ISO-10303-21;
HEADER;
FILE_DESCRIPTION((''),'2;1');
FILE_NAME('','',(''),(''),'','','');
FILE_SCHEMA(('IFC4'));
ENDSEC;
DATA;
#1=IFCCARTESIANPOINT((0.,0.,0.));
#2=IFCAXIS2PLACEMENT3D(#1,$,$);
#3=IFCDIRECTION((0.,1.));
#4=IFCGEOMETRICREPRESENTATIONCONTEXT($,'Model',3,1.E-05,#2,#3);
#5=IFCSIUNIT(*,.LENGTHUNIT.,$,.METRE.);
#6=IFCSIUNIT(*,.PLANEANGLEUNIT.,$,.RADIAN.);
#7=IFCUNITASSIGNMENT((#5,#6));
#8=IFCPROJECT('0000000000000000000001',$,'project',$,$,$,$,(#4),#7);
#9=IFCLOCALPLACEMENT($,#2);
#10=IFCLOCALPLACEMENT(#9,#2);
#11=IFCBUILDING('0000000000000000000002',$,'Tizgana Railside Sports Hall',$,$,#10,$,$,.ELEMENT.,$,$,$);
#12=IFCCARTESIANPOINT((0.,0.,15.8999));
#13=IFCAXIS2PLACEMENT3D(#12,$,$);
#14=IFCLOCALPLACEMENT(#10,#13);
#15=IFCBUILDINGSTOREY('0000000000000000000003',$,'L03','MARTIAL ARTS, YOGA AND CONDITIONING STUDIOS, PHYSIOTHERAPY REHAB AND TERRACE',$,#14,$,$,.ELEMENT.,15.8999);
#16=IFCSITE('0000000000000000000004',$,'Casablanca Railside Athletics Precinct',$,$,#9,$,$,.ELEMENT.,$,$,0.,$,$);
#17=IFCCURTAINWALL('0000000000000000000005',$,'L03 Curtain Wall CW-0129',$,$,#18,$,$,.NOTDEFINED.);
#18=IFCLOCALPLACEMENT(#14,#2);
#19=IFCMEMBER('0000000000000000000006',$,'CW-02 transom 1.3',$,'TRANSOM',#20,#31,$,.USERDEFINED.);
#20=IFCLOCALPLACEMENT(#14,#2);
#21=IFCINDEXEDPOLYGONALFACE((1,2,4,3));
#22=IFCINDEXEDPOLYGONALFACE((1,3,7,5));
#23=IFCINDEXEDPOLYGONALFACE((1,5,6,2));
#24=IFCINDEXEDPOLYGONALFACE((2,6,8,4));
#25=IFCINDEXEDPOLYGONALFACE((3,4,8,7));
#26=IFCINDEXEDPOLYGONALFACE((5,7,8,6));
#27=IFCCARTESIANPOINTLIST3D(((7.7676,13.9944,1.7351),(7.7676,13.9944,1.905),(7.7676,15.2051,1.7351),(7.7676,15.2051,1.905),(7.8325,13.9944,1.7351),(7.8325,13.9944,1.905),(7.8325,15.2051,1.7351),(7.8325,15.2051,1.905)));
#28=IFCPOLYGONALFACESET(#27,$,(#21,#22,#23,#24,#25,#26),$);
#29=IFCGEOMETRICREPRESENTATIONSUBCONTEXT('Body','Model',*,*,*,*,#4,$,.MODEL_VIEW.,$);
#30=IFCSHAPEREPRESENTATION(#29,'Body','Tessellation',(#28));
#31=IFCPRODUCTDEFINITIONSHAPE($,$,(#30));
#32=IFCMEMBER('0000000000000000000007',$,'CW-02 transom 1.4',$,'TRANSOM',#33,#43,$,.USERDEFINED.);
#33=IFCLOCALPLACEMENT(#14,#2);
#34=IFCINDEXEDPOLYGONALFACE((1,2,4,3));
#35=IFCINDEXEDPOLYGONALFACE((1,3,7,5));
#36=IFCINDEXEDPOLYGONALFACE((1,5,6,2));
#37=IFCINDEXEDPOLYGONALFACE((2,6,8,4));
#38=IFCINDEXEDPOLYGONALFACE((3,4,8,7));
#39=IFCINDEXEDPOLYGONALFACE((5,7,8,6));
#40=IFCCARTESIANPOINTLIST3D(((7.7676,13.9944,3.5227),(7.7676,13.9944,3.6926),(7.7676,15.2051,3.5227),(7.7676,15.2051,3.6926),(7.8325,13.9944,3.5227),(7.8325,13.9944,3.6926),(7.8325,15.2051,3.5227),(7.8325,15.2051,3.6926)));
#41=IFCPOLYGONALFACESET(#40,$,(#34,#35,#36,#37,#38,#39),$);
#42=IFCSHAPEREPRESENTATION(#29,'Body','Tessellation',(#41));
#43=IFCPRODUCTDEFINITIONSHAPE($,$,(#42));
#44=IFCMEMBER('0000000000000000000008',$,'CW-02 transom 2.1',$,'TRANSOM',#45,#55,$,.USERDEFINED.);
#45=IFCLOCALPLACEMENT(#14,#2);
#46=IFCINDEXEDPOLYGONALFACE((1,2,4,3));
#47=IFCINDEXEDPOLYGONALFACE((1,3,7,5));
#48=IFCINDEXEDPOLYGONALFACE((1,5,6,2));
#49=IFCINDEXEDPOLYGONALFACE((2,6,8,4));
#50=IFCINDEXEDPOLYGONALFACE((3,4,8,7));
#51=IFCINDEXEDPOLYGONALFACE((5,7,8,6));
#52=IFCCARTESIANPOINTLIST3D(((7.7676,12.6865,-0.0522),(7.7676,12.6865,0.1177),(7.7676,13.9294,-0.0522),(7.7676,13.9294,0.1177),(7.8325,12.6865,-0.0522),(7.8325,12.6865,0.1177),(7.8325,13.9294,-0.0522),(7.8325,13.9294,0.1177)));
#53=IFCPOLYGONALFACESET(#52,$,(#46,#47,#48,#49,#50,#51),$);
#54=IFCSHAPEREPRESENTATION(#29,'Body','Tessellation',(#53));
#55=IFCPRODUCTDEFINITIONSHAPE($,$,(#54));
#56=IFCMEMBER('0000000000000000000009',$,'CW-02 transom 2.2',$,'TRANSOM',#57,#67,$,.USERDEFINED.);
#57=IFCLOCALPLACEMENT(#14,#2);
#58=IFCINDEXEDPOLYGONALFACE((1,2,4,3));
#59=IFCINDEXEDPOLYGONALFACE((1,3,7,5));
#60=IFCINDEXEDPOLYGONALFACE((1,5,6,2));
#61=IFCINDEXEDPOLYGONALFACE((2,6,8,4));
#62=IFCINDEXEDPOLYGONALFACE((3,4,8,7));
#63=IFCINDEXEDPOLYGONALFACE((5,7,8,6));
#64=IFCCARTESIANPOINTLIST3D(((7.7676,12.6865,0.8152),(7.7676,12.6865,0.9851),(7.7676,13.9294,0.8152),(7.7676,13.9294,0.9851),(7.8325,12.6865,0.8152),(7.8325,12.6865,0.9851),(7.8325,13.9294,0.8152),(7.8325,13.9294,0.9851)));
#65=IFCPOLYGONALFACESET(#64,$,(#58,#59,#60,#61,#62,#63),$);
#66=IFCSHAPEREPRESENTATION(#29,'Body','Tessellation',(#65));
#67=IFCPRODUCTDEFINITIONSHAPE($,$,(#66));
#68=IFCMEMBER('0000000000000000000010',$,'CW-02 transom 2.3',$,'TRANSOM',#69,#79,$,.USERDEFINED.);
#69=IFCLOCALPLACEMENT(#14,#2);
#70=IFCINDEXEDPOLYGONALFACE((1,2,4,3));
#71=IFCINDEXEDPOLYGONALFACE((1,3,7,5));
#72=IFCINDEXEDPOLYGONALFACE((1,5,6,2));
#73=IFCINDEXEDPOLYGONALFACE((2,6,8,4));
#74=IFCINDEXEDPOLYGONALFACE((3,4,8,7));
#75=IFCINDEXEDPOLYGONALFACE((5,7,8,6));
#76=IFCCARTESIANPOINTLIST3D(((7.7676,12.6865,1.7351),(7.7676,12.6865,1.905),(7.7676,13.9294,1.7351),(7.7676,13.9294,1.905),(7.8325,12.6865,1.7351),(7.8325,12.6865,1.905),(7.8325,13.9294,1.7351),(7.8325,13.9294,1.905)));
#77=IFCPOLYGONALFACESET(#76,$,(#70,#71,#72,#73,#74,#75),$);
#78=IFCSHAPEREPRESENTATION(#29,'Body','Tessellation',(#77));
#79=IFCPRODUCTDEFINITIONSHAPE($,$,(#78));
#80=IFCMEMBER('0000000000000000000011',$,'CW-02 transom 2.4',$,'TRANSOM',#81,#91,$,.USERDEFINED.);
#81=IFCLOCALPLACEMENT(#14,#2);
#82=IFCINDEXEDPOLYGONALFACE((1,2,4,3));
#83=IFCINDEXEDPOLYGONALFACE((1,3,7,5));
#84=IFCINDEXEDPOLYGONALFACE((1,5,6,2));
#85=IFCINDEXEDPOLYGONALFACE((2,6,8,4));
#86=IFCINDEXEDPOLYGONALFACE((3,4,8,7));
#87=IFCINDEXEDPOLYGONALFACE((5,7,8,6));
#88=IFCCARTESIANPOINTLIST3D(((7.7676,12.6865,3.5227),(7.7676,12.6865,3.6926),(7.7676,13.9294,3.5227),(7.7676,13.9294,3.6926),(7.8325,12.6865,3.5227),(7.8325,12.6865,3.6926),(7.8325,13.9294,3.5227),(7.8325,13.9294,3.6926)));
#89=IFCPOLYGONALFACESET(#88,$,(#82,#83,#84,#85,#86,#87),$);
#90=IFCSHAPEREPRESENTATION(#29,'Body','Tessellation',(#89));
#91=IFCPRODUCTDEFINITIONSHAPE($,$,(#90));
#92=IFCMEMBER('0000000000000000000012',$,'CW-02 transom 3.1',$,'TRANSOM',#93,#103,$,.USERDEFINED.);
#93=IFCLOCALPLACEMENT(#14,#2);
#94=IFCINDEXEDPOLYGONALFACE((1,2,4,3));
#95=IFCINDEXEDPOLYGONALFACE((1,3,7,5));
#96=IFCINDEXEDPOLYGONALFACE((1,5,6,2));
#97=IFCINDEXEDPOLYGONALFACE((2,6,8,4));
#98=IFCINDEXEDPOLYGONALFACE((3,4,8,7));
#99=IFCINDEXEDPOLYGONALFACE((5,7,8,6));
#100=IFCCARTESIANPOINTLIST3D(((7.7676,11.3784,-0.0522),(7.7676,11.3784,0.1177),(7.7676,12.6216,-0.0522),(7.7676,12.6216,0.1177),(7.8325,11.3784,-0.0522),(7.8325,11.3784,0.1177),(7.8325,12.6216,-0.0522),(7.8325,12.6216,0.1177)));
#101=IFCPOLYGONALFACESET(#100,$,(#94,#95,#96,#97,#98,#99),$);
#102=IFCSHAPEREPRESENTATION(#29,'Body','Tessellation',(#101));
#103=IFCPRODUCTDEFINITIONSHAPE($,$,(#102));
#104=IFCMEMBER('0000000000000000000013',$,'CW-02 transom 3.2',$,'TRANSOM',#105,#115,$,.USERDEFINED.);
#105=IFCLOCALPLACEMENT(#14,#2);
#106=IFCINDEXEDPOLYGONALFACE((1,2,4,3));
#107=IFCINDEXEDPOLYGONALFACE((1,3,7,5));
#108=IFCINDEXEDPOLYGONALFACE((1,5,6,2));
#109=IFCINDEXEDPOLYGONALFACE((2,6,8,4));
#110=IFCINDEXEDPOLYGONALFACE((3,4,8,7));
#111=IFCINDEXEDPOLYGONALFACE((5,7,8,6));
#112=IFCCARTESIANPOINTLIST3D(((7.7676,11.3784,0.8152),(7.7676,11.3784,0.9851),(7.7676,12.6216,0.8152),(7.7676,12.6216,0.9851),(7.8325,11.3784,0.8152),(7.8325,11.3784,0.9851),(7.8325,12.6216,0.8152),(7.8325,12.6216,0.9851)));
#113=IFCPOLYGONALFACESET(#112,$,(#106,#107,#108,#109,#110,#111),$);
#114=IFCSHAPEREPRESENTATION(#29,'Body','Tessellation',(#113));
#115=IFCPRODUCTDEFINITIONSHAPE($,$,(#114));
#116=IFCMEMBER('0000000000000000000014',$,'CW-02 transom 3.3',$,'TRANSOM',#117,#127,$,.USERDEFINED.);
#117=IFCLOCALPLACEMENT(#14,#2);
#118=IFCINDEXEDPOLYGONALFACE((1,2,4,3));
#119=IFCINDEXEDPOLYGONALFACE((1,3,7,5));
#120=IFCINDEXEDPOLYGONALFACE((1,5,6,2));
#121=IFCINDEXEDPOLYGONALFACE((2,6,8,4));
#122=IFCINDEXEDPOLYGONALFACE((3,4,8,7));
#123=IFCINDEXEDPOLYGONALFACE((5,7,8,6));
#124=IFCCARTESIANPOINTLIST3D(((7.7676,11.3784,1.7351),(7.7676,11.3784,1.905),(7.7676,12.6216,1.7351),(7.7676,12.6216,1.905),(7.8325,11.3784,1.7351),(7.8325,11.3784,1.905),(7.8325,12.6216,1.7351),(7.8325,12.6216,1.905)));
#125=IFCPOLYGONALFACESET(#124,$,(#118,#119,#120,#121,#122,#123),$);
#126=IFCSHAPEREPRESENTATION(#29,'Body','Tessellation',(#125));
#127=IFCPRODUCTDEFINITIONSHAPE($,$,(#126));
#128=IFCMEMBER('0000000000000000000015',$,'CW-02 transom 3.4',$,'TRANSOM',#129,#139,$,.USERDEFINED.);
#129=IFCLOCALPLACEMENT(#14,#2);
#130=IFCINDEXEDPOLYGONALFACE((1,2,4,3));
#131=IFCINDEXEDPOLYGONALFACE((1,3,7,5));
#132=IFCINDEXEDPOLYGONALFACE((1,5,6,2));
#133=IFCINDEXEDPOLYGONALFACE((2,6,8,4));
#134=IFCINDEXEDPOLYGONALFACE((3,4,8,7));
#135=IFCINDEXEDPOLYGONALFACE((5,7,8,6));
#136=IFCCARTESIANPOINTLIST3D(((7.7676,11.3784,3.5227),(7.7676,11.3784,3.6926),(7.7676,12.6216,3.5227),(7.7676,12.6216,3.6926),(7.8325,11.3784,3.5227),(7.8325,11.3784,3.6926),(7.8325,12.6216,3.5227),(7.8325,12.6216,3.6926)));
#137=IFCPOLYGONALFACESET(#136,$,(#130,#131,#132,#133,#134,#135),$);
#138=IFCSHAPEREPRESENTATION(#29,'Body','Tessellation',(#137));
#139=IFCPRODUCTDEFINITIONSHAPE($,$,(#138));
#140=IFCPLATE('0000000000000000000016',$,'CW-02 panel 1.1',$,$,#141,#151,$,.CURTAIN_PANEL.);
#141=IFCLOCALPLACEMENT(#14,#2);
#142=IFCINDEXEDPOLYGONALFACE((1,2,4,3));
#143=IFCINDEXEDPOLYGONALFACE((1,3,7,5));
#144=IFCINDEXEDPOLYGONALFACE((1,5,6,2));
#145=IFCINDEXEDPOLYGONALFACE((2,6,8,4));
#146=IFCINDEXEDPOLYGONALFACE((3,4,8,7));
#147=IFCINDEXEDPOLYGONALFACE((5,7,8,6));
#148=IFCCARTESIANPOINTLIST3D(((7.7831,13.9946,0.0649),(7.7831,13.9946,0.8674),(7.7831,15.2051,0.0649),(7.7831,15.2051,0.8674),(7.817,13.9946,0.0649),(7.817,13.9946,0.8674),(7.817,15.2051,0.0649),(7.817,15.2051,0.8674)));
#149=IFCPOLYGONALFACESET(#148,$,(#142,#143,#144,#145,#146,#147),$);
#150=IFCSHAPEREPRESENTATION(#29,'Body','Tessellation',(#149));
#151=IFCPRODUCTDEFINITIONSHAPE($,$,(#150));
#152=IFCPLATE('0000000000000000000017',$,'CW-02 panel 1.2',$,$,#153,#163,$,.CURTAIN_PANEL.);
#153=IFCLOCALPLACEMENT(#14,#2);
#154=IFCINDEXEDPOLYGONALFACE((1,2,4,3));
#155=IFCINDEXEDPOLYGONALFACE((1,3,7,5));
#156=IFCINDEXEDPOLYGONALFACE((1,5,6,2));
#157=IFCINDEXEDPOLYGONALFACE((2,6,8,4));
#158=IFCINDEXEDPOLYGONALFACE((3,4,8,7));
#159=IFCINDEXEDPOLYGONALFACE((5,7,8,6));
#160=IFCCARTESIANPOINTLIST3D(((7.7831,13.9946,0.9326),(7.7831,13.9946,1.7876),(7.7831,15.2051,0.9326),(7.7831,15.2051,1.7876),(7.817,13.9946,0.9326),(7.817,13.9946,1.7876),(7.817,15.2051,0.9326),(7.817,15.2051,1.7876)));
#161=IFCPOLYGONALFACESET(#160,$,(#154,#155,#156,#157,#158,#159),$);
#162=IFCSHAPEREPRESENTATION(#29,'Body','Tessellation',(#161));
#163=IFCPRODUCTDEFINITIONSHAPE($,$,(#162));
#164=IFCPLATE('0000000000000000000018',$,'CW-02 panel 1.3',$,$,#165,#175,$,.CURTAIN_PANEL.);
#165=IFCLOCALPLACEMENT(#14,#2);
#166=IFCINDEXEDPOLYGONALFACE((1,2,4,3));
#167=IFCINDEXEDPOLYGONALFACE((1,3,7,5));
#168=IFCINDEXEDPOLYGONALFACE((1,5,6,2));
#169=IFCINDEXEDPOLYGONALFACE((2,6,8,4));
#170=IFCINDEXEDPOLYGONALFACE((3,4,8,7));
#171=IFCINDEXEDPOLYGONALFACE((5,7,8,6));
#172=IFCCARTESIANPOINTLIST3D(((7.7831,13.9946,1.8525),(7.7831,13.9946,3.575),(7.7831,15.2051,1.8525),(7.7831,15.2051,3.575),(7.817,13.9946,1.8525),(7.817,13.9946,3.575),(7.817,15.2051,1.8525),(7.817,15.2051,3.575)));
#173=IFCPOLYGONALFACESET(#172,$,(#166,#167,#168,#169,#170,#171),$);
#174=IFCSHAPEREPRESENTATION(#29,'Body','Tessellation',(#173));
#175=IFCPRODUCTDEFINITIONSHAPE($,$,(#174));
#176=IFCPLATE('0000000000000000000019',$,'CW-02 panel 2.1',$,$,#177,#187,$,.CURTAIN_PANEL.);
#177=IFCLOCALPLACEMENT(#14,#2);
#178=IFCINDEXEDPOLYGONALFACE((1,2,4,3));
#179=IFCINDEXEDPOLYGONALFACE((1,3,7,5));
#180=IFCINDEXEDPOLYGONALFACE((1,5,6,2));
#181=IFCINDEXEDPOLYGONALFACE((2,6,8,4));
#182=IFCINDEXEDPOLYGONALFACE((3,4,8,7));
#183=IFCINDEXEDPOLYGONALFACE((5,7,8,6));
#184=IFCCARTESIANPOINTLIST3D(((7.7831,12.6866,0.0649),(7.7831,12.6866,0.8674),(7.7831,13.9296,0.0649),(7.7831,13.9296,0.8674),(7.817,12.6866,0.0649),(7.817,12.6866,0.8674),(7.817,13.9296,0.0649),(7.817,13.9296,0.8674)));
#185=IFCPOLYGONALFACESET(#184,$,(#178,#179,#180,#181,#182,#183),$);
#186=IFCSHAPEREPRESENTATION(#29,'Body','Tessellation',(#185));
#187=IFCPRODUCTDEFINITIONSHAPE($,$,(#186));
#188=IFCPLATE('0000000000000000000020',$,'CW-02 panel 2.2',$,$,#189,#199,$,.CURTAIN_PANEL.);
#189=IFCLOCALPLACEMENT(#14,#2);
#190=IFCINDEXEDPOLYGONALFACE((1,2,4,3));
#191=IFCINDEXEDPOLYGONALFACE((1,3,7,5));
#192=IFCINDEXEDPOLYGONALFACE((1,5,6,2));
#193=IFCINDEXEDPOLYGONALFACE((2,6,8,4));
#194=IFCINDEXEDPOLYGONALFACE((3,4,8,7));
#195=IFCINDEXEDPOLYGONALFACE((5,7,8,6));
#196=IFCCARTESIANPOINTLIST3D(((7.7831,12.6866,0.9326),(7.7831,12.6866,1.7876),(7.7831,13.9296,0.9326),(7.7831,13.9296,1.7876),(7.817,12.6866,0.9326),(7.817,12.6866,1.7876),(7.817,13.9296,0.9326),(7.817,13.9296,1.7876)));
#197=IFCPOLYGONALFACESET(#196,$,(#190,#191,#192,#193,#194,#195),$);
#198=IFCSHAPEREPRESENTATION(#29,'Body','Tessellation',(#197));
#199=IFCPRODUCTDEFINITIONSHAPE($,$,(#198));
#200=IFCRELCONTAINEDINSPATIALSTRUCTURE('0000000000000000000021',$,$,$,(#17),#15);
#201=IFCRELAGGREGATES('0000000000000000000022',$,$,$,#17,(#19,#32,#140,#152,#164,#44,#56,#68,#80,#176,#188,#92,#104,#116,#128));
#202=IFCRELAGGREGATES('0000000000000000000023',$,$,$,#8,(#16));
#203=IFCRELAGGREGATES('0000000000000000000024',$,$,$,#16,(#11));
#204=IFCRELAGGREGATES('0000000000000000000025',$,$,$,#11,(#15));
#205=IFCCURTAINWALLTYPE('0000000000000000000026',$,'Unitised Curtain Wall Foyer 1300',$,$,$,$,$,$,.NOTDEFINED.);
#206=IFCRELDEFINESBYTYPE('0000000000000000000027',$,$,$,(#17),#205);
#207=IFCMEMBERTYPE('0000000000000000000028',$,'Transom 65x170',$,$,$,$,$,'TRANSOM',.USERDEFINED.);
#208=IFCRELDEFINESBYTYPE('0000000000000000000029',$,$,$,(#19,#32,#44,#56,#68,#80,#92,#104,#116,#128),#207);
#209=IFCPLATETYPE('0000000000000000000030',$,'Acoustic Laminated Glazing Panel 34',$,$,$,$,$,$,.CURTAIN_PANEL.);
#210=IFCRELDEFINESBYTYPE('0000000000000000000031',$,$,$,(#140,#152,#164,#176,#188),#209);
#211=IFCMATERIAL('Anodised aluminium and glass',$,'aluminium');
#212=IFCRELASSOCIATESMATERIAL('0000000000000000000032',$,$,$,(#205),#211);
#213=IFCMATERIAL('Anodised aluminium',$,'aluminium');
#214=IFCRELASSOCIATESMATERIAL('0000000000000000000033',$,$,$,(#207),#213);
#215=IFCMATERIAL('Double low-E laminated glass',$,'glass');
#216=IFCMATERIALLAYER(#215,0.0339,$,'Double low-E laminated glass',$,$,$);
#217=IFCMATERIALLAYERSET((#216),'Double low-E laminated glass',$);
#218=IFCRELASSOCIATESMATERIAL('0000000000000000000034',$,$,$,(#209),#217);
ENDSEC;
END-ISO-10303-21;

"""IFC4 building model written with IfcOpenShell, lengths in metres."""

from ifc_helpers import new_model, si_unit, direction, frame, origin, origin_2d, place, context, subcontext, project, spatial, rectangle, extrude, material, layer, layer_set, material_profile, profile_set, type_object, element, aggregate, save


model = new_model("IFC4")

# Units and contexts
model_context = context("Model", 3, precision=1e-05, world=origin(), true_north=direction((0.0, 1.0)))
body_context = subcontext(model_context, "Body", "Model", "MODEL_VIEW")
ifc_project = project(units=[si_unit("LENGTHUNIT", "METRE"), si_unit("PLANEANGLEUNIT", "RADIAN")], contexts=[model_context])

# Site, building, storey
site_placement = place(None, origin())
site = spatial("IfcSite", under=ifc_project, at=site_placement, Name="Casablanca Railside Athletics Precinct", CompositionType="ELEMENT", RefElevation=0.0)
building_placement = place(site_placement, origin())
building = spatial("IfcBuilding", under=site, at=building_placement, Name="Tizgana Railside Sports Hall", CompositionType="ELEMENT")
storey_placement = place(building_placement, frame((0.0, 0.0, 15.8999)))
storey = spatial("IfcBuildingStorey", under=building, at=storey_placement, Name="L03", Description="MARTIAL ARTS, YOGA AND CONDITIONING STUDIOS, PHYSIOTHERAPY REHAB AND TERRACE", CompositionType="ELEMENT", Elevation=15.8999)

# Curtain wall
ifc_material_1 = material(Name="Anodised aluminium and glass", Category="aluminium")
curtain_wall_type_1 = type_object("IfcCurtainWallType", Name="Unitised Curtain Wall Foyer 1300", PredefinedType="NOTDEFINED", material=ifc_material_1)
curtain_wall_1_placement = place(storey_placement, origin())
curtain_wall_1 = element("IfcCurtainWall", 1, at=curtain_wall_1_placement, inside=storey, type_object=curtain_wall_type_1, Name="L03 Curtain Wall CW-0129", PredefinedType="NOTDEFINED")
ifc_material_2 = material(Name="Anodised aluminium", Category="aluminium")

# Members
ifc_material_profile_1 = material_profile(ifc_material_2, rectangle(XDim=0.0649, YDim=0.1699, at=origin_2d()), Name="Transom 65x170")
ifc_profile_set_1 = profile_set([ifc_material_profile_1], Name="Anodised aluminium")
member_type_1 = type_object("IfcMemberType", Name="Transom 65x170", ElementType="TRANSOM", PredefinedType="USERDEFINED", material=ifc_profile_set_1)
member_1_placement = place(storey_placement, frame((7.8, 15.2051, 1.8201), z_axis=(0.0, -1.0, 0.0), x_axis=(1.0, 0.0, 0.0)))
member_1 = element("IfcMember", 2, at=member_1_placement, type_object=member_type_1, Name="CW-02 transom 1.3", ObjectType="TRANSOM", PredefinedType="USERDEFINED", context=body_context, shape_type="SweptSolid", body=[
    extrude(rectangle(XDim=0.0649, YDim=0.1699, at=origin_2d()), origin(), (0.0, 0.0, 1.0), 1.2107),
])
member_2_placement = place(storey_placement, frame((7.8, 15.2051, 3.6077), z_axis=(0.0, -1.0, 0.0), x_axis=(1.0, 0.0, 0.0)))
member_2 = element("IfcMember", 3, at=member_2_placement, type_object=member_type_1, Name="CW-02 transom 1.4", ObjectType="TRANSOM", PredefinedType="USERDEFINED", context=body_context, shape_type="SweptSolid", body=[
    extrude(rectangle(XDim=0.0649, YDim=0.1699, at=origin_2d()), origin(), (0.0, 0.0, 1.0), 1.2107),
])
member_3_placement = place(storey_placement, frame((7.8, 13.9294, 0.0327), z_axis=(0.0, -1.0, 0.0), x_axis=(1.0, 0.0, 0.0)))
member_3 = element("IfcMember", 4, at=member_3_placement, type_object=member_type_1, Name="CW-02 transom 2.1", ObjectType="TRANSOM", PredefinedType="USERDEFINED", context=body_context, shape_type="SweptSolid", body=[
    extrude(rectangle(XDim=0.0649, YDim=0.1699, at=origin_2d()), origin(), (0.0, 0.0, 1.0), 1.2429),
])
member_4_placement = place(storey_placement, frame((7.8, 13.9294, 0.9001), z_axis=(0.0, -1.0, 0.0), x_axis=(1.0, 0.0, 0.0)))
member_4 = element("IfcMember", 5, at=member_4_placement, type_object=member_type_1, Name="CW-02 transom 2.2", ObjectType="TRANSOM", PredefinedType="USERDEFINED", context=body_context, shape_type="SweptSolid", body=[
    extrude(rectangle(XDim=0.0649, YDim=0.1699, at=origin_2d()), origin(), (0.0, 0.0, 1.0), 1.2429),
])
member_5_placement = place(storey_placement, frame((7.8, 13.9294, 1.8201), z_axis=(0.0, -1.0, 0.0), x_axis=(1.0, 0.0, 0.0)))
member_5 = element("IfcMember", 6, at=member_5_placement, type_object=member_type_1, Name="CW-02 transom 2.3", ObjectType="TRANSOM", PredefinedType="USERDEFINED", context=body_context, shape_type="SweptSolid", body=[
    extrude(rectangle(XDim=0.0649, YDim=0.1699, at=origin_2d()), origin(), (0.0, 0.0, 1.0), 1.2429),
])
member_6_placement = place(storey_placement, frame((7.8, 13.9294, 3.6077), z_axis=(0.0, -1.0, 0.0), x_axis=(1.0, 0.0, 0.0)))
member_6 = element("IfcMember", 7, at=member_6_placement, type_object=member_type_1, Name="CW-02 transom 2.4", ObjectType="TRANSOM", PredefinedType="USERDEFINED", context=body_context, shape_type="SweptSolid", body=[
    extrude(rectangle(XDim=0.0649, YDim=0.1699, at=origin_2d()), origin(), (0.0, 0.0, 1.0), 1.2429),
])
member_7_placement = place(storey_placement, frame((7.8, 12.6216, 0.0327), z_axis=(0.0, -1.0, 0.0), x_axis=(1.0, 0.0, 0.0)))
member_7 = element("IfcMember", 8, at=member_7_placement, type_object=member_type_1, Name="CW-02 transom 3.1", ObjectType="TRANSOM", PredefinedType="USERDEFINED", context=body_context, shape_type="SweptSolid", body=[
    extrude(rectangle(XDim=0.0649, YDim=0.1699, at=origin_2d()), origin(), (0.0, 0.0, 1.0), 1.2432),
])
member_8_placement = place(storey_placement, frame((7.8, 12.6216, 0.9001), z_axis=(0.0, -1.0, 0.0), x_axis=(1.0, 0.0, 0.0)))
member_8 = element("IfcMember", 9, at=member_8_placement, type_object=member_type_1, Name="CW-02 transom 3.2", ObjectType="TRANSOM", PredefinedType="USERDEFINED", context=body_context, shape_type="SweptSolid", body=[
    extrude(rectangle(XDim=0.0649, YDim=0.1699, at=origin_2d()), origin(), (0.0, 0.0, 1.0), 1.2432),
])
member_9_placement = place(storey_placement, frame((7.8, 12.6216, 1.8201), z_axis=(0.0, -1.0, 0.0), x_axis=(1.0, 0.0, 0.0)))
member_9 = element("IfcMember", 10, at=member_9_placement, type_object=member_type_1, Name="CW-02 transom 3.3", ObjectType="TRANSOM", PredefinedType="USERDEFINED", context=body_context, shape_type="SweptSolid", body=[
    extrude(rectangle(XDim=0.0649, YDim=0.1699, at=origin_2d()), origin(), (0.0, 0.0, 1.0), 1.2432),
])
member_10_placement = place(storey_placement, frame((7.8, 12.6216, 3.6077), z_axis=(0.0, -1.0, 0.0), x_axis=(1.0, 0.0, 0.0)))
member_10 = element("IfcMember", 11, at=member_10_placement, type_object=member_type_1, Name="CW-02 transom 3.4", ObjectType="TRANSOM", PredefinedType="USERDEFINED", context=body_context, shape_type="SweptSolid", body=[
    extrude(rectangle(XDim=0.0649, YDim=0.1699, at=origin_2d()), origin(), (0.0, 0.0, 1.0), 1.2432),
])

# Plates
ifc_material_3 = material(Name="Double low-E laminated glass", Category="glass")
ifc_layer_1 = layer(ifc_material_3, 0.0339, Name="Double low-E laminated glass")
ifc_layer_set_1 = layer_set([ifc_layer_1], Name="Double low-E laminated glass")
plate_type = type_object("IfcPlateType", Name="Acoustic Laminated Glazing Panel 34", PredefinedType="CURTAIN_PANEL", material=ifc_layer_set_1)
plate_1_placement = place(storey_placement, frame((7.8, 14.5999, 0.0649), z_axis=(0.0, 0.0, 1.0), x_axis=(0.0, -1.0, 0.0)))
plate_1 = element("IfcPlate", 12, at=plate_1_placement, type_object=plate_type, Name="CW-02 panel 1.1", PredefinedType="CURTAIN_PANEL", context=body_context, shape_type="SweptSolid", body=[
    extrude(rectangle(XDim=1.2104, YDim=0.0339, at=origin_2d()), origin(), (0.0, 0.0, 1.0), 0.8025),
])
plate_2_placement = place(storey_placement, frame((7.8, 14.5999, 0.9326), z_axis=(0.0, 0.0, 1.0), x_axis=(0.0, -1.0, 0.0)))
plate_2 = element("IfcPlate", 13, at=plate_2_placement, type_object=plate_type, Name="CW-02 panel 1.2", PredefinedType="CURTAIN_PANEL", context=body_context, shape_type="SweptSolid", body=[
    extrude(rectangle(XDim=1.2104, YDim=0.0339, at=origin_2d()), origin(), (0.0, 0.0, 1.0), 0.855),
])
plate_3_placement = place(storey_placement, frame((7.8, 14.5999, 1.8525), z_axis=(0.0, 0.0, 1.0), x_axis=(0.0, -1.0, 0.0)))
plate_3 = element("IfcPlate", 14, at=plate_3_placement, type_object=plate_type, Name="CW-02 panel 1.3", PredefinedType="CURTAIN_PANEL", context=body_context, shape_type="SweptSolid", body=[
    extrude(rectangle(XDim=1.2104, YDim=0.0339, at=origin_2d()), origin(), (0.0, 0.0, 1.0), 1.7224),
])
plate_4_placement = place(storey_placement, frame((7.8, 13.3081, 0.0649), z_axis=(0.0, 0.0, 1.0), x_axis=(0.0, -1.0, 0.0)))
plate_4 = element("IfcPlate", 15, at=plate_4_placement, type_object=plate_type, Name="CW-02 panel 2.1", PredefinedType="CURTAIN_PANEL", context=body_context, shape_type="SweptSolid", body=[
    extrude(rectangle(XDim=1.2429, YDim=0.0339, at=origin_2d()), origin(), (0.0, 0.0, 1.0), 0.8025),
])
plate_5_placement = place(storey_placement, frame((7.8, 13.3081, 0.9326), z_axis=(0.0, 0.0, 1.0), x_axis=(0.0, -1.0, 0.0)))
plate_5 = element("IfcPlate", 16, at=plate_5_placement, type_object=plate_type, Name="CW-02 panel 2.2", PredefinedType="CURTAIN_PANEL", context=body_context, shape_type="SweptSolid", body=[
    extrude(rectangle(XDim=1.2429, YDim=0.0339, at=origin_2d()), origin(), (0.0, 0.0, 1.0), 0.855),
])
aggregate(curtain_wall_1, [member_1, member_2, plate_1, plate_2, plate_3, member_3, member_4, member_5, member_6, plate_4, plate_5, member_7, member_8, member_9, member_10])

save(model, "model.ifc")
